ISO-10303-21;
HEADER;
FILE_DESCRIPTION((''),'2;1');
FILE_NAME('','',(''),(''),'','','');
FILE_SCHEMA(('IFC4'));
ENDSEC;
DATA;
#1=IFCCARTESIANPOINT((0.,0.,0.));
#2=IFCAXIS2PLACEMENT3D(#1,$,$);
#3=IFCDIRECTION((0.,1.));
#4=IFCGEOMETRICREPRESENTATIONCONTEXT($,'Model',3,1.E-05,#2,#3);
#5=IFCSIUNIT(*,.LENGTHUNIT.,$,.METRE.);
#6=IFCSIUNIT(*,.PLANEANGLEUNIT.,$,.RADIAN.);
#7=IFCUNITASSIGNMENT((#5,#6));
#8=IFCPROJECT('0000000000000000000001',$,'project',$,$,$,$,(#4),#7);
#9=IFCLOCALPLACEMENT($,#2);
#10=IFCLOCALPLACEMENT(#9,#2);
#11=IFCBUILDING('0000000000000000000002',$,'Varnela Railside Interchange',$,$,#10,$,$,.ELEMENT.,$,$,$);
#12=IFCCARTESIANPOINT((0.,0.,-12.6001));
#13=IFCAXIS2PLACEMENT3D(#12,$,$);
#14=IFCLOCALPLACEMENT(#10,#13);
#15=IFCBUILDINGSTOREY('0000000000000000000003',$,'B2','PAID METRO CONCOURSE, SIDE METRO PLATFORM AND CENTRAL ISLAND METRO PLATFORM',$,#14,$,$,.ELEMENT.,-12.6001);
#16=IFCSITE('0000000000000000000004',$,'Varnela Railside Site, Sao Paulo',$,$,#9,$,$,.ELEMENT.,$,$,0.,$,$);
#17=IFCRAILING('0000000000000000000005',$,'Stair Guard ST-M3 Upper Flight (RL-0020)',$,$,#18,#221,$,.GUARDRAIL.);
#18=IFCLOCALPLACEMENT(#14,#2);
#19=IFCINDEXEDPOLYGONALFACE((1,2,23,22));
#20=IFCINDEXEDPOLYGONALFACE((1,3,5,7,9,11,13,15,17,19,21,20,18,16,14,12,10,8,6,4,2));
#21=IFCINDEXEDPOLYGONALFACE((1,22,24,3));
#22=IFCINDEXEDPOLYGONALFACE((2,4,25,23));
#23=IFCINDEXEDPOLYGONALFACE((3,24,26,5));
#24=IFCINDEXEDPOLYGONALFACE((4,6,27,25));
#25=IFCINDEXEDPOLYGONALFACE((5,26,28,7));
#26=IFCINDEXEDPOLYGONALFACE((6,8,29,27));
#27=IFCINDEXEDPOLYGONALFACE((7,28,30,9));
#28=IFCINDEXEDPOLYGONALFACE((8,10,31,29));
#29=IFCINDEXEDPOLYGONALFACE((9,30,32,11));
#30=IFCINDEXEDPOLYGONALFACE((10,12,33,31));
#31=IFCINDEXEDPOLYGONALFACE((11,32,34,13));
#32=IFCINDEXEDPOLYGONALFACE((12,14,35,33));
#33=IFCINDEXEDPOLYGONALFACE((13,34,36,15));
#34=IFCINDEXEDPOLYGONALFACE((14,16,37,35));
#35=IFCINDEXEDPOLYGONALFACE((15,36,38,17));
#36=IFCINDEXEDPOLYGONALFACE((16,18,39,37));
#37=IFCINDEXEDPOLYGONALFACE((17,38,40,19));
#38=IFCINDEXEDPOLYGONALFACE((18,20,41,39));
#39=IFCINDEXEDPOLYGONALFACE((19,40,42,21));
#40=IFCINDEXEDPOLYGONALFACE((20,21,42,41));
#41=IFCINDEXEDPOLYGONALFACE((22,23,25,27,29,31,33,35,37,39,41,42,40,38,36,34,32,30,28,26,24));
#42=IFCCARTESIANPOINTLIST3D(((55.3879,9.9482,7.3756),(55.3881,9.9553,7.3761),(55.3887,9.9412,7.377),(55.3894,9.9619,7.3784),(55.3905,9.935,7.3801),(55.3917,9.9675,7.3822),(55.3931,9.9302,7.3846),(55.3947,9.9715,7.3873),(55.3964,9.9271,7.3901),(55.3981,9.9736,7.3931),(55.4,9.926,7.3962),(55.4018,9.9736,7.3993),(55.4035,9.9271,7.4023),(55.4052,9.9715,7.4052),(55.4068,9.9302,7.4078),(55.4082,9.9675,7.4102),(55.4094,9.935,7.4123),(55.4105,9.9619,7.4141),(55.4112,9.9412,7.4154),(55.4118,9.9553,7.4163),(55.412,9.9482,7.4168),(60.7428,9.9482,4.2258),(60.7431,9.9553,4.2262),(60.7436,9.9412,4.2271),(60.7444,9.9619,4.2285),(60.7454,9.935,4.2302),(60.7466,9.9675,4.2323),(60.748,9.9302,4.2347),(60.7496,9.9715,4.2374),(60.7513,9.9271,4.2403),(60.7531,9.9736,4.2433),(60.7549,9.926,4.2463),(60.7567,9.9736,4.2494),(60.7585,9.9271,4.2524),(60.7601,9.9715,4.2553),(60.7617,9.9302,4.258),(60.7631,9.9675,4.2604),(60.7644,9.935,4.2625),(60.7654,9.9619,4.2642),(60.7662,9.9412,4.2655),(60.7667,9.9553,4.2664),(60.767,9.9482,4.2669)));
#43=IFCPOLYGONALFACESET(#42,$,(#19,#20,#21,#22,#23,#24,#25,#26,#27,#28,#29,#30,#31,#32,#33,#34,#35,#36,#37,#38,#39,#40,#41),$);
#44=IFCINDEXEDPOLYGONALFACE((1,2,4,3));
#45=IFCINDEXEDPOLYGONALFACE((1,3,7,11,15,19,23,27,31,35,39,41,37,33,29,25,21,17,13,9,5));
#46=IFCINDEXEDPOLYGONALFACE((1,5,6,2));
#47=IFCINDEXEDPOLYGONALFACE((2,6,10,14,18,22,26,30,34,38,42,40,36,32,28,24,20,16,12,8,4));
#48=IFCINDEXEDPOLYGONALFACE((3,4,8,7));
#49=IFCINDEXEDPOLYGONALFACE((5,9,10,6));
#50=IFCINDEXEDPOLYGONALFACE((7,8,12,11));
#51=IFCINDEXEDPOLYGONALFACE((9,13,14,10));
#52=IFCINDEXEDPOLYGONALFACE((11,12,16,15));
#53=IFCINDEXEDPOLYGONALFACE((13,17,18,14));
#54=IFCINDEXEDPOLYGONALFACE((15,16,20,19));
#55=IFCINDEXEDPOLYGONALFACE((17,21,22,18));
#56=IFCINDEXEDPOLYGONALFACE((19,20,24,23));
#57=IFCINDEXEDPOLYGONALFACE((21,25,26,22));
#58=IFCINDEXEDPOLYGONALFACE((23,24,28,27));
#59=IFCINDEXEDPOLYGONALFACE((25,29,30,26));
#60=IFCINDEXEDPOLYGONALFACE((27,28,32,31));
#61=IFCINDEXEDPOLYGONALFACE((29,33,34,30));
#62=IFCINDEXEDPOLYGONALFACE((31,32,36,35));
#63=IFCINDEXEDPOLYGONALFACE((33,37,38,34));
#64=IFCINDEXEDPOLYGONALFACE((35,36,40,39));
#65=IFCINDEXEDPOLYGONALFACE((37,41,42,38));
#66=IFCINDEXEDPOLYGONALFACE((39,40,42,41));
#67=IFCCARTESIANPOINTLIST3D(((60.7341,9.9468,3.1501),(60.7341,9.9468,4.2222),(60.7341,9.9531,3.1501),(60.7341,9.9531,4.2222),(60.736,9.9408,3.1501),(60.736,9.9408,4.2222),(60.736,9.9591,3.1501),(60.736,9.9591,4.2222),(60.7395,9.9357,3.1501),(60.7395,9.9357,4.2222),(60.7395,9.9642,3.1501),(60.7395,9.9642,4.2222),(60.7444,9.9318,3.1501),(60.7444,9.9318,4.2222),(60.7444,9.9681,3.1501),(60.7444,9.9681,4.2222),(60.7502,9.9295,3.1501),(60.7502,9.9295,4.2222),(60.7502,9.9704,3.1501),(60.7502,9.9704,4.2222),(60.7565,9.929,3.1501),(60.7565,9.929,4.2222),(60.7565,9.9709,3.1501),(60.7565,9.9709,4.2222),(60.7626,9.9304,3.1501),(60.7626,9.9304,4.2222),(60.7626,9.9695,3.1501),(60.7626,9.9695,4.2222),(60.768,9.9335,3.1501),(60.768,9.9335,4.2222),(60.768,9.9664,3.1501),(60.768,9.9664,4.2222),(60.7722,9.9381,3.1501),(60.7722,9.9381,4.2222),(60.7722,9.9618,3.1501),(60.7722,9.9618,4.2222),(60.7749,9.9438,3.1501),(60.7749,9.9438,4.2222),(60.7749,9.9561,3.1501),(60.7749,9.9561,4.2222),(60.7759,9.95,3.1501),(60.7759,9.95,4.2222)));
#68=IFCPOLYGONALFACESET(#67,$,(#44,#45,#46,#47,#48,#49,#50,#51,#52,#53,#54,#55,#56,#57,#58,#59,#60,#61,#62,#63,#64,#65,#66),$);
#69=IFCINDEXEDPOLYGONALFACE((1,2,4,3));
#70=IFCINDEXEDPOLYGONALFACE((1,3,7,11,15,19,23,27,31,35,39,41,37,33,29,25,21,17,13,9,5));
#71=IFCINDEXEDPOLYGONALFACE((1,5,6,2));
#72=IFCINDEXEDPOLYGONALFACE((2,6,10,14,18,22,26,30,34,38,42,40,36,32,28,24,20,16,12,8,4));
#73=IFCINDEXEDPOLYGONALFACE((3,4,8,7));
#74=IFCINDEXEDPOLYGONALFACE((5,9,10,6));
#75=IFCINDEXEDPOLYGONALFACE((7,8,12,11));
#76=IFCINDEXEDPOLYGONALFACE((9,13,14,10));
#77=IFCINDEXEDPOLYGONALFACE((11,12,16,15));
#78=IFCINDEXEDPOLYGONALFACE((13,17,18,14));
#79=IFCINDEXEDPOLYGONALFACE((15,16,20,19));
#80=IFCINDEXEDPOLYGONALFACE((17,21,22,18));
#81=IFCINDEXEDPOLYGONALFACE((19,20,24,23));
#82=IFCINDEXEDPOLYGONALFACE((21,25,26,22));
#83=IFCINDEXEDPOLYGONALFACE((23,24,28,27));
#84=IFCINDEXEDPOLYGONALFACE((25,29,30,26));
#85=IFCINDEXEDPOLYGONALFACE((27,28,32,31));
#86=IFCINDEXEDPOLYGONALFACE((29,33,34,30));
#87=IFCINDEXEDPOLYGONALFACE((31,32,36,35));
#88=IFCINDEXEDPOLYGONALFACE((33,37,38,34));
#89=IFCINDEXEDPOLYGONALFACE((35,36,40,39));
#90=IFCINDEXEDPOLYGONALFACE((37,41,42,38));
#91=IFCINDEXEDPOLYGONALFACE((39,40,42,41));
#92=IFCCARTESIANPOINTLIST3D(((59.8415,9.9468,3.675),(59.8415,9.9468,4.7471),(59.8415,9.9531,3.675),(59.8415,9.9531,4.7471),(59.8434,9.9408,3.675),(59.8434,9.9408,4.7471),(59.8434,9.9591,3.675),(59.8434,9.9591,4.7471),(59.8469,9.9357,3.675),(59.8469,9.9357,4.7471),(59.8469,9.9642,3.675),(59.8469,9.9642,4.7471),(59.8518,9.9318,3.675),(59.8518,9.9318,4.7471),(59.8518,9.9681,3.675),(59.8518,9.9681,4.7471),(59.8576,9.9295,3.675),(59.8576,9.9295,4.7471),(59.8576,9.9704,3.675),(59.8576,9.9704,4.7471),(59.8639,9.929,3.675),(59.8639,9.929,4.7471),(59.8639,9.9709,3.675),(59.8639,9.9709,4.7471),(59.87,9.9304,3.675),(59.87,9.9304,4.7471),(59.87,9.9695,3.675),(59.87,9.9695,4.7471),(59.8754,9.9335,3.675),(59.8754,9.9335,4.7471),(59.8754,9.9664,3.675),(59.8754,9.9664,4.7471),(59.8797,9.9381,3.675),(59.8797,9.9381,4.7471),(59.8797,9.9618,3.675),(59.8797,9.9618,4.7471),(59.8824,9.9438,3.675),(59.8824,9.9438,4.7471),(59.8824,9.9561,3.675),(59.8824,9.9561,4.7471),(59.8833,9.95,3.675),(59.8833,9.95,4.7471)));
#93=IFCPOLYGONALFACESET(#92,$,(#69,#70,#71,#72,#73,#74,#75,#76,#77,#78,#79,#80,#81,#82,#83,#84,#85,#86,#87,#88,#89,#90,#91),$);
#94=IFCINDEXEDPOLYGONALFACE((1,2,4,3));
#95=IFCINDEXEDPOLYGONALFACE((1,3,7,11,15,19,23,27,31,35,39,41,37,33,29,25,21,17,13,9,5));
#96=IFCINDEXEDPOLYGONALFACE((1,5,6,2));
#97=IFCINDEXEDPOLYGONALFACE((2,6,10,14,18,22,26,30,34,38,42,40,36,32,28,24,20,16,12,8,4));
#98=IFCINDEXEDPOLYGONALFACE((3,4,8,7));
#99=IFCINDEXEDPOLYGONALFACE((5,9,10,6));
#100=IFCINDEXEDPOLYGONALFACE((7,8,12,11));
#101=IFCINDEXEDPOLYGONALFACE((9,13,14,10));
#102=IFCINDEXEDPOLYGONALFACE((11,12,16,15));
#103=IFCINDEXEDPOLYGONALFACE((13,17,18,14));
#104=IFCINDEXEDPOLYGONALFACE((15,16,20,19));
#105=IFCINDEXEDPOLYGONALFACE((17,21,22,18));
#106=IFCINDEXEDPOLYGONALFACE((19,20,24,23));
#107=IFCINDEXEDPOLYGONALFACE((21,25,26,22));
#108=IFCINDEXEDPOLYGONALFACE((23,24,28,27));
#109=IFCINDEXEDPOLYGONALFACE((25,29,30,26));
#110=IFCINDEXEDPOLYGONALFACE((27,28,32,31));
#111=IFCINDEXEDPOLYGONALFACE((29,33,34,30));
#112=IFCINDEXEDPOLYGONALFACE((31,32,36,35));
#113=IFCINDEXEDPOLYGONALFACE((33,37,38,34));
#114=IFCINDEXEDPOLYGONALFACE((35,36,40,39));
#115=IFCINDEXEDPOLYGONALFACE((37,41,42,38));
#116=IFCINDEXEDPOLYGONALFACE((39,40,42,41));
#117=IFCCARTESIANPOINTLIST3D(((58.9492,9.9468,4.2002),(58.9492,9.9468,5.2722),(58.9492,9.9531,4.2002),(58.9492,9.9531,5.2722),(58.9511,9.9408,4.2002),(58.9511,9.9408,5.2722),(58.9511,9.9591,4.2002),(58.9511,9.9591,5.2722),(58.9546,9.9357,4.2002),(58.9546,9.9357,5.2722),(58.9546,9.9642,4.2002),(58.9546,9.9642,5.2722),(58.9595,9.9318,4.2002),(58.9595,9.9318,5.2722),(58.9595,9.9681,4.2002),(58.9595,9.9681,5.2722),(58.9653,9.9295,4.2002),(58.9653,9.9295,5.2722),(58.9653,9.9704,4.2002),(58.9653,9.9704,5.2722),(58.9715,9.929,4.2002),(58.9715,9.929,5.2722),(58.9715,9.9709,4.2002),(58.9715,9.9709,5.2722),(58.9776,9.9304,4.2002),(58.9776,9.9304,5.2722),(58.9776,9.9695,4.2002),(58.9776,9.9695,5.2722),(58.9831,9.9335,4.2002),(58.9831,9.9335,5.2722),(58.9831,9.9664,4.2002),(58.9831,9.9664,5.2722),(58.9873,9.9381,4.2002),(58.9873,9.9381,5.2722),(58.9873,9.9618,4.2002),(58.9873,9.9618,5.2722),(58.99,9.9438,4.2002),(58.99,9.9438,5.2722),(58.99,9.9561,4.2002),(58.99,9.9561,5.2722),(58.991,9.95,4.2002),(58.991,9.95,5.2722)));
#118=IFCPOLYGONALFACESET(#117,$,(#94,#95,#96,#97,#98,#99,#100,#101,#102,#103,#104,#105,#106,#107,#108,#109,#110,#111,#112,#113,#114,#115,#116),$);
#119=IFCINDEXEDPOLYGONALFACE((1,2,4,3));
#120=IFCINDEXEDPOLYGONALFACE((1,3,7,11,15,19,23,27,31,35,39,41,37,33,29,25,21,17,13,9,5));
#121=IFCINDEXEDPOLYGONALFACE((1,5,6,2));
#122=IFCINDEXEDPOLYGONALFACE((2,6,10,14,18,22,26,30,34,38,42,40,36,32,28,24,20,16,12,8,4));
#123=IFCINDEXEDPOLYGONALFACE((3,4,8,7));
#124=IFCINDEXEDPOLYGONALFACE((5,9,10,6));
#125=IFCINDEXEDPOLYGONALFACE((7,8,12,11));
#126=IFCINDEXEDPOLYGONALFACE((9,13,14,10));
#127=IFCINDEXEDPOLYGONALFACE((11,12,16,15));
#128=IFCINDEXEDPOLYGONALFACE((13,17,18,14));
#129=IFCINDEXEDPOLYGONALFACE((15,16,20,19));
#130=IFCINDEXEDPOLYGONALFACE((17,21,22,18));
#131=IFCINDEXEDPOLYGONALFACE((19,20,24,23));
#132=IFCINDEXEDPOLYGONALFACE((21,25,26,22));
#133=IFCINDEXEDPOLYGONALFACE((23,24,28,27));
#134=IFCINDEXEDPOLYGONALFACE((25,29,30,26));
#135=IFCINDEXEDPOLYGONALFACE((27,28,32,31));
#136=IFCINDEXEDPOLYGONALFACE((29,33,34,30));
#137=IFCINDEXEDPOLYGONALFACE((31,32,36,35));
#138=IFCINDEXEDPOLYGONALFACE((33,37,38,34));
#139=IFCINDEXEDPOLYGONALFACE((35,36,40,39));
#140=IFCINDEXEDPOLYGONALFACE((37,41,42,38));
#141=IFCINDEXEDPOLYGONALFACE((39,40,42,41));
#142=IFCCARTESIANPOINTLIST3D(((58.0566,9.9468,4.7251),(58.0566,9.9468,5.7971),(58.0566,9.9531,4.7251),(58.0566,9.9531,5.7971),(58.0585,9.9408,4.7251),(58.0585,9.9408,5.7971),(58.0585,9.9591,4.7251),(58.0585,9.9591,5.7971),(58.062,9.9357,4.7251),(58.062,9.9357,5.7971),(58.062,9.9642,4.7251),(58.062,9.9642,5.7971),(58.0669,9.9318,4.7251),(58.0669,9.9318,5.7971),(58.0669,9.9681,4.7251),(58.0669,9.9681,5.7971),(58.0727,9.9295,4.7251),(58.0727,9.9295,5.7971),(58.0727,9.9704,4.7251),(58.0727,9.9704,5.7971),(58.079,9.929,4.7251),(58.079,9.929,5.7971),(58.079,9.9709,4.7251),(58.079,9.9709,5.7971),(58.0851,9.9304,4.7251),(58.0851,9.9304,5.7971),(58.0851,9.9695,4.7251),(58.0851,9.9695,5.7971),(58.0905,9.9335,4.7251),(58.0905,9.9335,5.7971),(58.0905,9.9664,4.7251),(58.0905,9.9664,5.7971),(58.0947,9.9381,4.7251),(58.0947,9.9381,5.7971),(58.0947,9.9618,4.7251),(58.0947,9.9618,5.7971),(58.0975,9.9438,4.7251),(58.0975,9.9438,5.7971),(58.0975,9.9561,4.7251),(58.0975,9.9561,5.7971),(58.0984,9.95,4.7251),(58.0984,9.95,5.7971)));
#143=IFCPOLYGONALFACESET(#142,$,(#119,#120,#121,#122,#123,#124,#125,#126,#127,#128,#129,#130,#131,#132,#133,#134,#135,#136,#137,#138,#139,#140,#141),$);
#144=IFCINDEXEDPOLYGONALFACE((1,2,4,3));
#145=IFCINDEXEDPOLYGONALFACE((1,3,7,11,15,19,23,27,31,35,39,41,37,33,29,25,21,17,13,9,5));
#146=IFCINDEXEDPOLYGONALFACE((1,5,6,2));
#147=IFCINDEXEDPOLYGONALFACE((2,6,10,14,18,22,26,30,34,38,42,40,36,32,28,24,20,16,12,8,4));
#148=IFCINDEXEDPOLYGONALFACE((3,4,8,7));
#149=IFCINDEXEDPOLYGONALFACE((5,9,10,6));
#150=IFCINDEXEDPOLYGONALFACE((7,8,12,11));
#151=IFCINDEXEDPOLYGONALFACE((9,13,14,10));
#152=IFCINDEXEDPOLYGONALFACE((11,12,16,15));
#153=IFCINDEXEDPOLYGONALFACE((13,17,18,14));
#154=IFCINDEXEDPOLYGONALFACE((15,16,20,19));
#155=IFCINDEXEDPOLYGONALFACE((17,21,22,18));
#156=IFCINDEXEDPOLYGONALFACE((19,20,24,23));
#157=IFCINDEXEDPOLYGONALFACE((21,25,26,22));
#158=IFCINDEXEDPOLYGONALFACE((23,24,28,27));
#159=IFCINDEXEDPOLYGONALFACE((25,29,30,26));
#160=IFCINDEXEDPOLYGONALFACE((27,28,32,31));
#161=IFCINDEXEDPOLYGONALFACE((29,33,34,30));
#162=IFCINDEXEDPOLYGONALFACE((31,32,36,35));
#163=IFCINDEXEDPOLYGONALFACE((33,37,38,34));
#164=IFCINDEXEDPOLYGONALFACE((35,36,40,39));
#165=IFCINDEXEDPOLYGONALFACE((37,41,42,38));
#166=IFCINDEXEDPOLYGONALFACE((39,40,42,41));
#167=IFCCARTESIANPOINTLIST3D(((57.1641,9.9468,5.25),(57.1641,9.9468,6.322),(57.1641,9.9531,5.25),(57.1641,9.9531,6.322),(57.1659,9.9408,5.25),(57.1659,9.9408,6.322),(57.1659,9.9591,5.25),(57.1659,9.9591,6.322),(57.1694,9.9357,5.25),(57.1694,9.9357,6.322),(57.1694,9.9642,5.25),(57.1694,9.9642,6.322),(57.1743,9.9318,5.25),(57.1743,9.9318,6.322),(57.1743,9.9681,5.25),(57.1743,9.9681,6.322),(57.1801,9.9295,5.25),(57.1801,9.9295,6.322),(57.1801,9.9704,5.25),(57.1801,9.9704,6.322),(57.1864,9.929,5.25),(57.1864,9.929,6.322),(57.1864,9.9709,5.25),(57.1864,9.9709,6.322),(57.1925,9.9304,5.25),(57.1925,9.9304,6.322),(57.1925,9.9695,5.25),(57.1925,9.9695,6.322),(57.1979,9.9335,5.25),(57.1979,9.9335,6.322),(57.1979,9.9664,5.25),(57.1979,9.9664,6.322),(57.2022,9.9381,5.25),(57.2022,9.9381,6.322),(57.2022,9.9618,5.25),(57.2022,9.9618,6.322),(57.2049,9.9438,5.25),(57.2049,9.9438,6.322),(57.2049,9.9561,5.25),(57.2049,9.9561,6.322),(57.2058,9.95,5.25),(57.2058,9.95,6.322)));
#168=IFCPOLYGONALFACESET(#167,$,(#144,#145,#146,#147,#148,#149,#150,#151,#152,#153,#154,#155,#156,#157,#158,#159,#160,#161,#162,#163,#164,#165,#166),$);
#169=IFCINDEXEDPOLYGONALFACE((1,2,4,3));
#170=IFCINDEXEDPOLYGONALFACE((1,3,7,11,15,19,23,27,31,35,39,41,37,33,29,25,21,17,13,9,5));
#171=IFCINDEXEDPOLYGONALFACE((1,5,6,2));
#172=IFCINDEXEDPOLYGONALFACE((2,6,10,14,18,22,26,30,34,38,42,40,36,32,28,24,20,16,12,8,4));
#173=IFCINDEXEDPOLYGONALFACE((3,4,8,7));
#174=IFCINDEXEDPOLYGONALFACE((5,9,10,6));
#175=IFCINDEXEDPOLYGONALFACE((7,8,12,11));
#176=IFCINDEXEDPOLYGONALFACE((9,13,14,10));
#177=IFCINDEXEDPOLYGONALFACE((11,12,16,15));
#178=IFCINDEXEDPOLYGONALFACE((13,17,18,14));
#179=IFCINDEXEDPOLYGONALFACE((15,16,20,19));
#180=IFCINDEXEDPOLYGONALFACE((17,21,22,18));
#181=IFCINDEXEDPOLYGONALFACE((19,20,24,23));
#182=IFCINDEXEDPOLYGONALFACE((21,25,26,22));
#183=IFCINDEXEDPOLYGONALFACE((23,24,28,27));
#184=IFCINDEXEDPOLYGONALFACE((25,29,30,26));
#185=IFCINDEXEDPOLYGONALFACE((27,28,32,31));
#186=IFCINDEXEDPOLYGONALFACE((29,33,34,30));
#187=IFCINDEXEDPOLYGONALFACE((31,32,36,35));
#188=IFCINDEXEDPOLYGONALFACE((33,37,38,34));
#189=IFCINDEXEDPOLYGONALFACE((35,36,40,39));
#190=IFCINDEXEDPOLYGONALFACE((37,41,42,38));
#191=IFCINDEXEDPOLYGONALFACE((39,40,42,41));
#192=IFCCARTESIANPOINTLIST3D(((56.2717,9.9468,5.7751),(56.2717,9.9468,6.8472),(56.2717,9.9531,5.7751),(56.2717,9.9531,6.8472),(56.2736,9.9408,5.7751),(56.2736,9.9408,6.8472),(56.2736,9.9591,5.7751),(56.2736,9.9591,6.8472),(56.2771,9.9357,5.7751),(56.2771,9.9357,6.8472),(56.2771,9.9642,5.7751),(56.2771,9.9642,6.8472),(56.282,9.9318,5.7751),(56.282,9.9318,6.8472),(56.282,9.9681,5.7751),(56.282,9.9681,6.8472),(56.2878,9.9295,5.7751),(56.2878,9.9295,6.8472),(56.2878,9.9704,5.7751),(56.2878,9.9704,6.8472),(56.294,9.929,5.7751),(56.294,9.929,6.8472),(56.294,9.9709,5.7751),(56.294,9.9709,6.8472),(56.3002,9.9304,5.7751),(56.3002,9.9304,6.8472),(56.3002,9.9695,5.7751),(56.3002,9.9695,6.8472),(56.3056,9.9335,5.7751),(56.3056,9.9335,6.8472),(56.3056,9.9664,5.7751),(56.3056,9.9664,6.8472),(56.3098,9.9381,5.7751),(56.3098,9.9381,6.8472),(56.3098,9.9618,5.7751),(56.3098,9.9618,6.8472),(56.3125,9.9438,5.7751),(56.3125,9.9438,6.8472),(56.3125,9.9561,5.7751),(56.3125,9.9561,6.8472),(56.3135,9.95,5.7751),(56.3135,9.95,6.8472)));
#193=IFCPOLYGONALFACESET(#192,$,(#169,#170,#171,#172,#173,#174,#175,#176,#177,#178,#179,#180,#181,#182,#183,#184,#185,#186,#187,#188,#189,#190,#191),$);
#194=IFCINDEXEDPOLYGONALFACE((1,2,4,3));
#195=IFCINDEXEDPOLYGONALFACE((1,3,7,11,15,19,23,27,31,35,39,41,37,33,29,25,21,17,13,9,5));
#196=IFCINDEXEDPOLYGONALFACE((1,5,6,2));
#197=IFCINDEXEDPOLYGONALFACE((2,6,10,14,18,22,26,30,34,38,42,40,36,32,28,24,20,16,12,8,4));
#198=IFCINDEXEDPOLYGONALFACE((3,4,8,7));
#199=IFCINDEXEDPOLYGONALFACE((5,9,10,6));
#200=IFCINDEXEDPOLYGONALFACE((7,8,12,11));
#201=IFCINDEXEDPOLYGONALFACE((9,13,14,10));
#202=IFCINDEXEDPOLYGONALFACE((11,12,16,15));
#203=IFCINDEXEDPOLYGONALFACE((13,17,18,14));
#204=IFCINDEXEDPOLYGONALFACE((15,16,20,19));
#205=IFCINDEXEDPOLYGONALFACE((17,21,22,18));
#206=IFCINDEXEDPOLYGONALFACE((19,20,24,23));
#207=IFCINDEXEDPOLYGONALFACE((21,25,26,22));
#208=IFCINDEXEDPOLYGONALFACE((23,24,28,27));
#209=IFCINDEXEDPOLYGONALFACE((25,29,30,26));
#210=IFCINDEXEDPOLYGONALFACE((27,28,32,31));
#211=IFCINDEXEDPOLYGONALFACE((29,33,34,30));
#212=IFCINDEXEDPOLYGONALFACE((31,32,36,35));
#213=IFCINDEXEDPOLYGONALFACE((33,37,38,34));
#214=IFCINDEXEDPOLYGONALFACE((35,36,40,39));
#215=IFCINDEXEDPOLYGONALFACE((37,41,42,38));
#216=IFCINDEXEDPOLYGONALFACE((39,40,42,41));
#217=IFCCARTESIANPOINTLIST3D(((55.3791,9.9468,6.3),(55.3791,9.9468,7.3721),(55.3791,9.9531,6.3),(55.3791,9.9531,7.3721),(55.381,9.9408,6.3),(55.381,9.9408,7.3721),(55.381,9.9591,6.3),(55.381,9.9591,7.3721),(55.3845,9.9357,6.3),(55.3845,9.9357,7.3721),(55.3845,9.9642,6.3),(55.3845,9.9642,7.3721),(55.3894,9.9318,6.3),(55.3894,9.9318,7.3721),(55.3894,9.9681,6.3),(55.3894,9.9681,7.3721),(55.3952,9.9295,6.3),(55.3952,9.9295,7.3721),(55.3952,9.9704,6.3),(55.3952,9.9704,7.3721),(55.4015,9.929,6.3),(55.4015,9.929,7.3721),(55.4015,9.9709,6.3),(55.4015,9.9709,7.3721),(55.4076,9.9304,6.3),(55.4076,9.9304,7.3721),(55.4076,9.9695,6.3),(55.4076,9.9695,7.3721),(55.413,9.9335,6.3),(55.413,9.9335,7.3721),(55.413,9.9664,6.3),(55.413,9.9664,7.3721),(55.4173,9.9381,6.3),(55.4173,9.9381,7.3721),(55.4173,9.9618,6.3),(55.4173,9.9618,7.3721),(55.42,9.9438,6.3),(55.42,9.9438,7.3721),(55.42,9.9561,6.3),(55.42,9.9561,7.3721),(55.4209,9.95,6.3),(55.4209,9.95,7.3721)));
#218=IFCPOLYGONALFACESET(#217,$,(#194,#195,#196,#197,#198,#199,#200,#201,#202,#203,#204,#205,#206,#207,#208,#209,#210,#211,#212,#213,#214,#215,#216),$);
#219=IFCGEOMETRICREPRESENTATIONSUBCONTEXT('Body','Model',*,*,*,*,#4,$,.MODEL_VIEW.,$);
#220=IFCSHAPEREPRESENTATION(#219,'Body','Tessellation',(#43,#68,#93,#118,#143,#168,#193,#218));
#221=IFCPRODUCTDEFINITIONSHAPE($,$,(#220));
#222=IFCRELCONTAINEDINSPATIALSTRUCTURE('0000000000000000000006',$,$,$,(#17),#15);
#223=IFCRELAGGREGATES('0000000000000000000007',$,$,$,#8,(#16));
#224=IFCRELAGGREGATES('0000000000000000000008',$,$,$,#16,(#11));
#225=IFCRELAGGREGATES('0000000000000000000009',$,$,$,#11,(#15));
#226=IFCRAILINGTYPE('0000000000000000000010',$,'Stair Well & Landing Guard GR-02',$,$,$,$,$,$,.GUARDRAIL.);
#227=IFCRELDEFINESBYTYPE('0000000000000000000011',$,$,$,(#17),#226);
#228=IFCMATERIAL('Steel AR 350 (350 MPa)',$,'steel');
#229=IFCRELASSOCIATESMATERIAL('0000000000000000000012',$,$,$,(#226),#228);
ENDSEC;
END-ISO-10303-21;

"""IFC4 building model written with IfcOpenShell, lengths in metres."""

from ifc_helpers import new_model, si_unit, direction, frame, origin, origin_2d, place, context, subcontext, project, spatial, circle, extrude, material, type_object, element, save


model = new_model("IFC4")

# Units and contexts
model_context = context("Model", 3, precision=1e-05, world=origin(), true_north=direction((0.0, 1.0)))
body_context = subcontext(model_context, "Body", "Model", "MODEL_VIEW")
ifc_project = project(units=[si_unit("LENGTHUNIT", "METRE"), si_unit("PLANEANGLEUNIT", "RADIAN")], contexts=[model_context])

# Site, building, storey
site_placement = place(None, origin())
site = spatial("IfcSite", under=ifc_project, at=site_placement, Name="Varnela Railside Site, Sao Paulo", CompositionType="ELEMENT", RefElevation=0.0)
building_placement = place(site_placement, origin())
building = spatial("IfcBuilding", under=site, at=building_placement, Name="Varnela Railside Interchange", CompositionType="ELEMENT")
storey_placement = place(building_placement, frame((0.0, 0.0, -12.6001)))
storey = spatial("IfcBuildingStorey", under=building, at=storey_placement, Name="B2", Description="PAID METRO CONCOURSE, SIDE METRO PLATFORM AND CENTRAL ISLAND METRO PLATFORM", CompositionType="ELEMENT", Elevation=-12.6001)

# Railing
ifc_material_1 = material(Name="Steel AR 350 (350 MPa)", Category="steel")
railing_type_1 = type_object("IfcRailingType", Name="Stair Well & Landing Guard GR-02", PredefinedType="GUARDRAIL", material=ifc_material_1)
railing_1_placement = place(storey_placement, frame((60.7549, 9.95, 3.1501)))
element("IfcRailing", 1, at=railing_1_placement, inside=storey, type_object=railing_type_1, Name="Stair Guard ST-M3 Upper Flight (RL-0020)", PredefinedType="GUARDRAIL", context=body_context, shape_type="SweptSolid", body=[
    extrude(circle(Radius=0.0239, at=origin_2d()), frame((0.0, 0.0, 1.0962), z_axis=(-0.86194, 0.0, 0.50701), x_axis=(0.0, -1.0, 0.0)), (0.0, 0.0, 1.0), 6.2126),
    extrude(circle(Radius=0.021, at=origin_2d()), origin(), (0.0, 0.0, 1.0), 1.072),
    extrude(circle(Radius=0.021, at=origin_2d()), frame((-0.8926, 0.0, 0.5249)), (0.0, 0.0, 1.0), 1.072),
    extrude(circle(Radius=0.021, at=origin_2d()), frame((-1.7849, 0.0, 1.05)), (0.0, 0.0, 1.0), 1.072),
    extrude(circle(Radius=0.021, at=origin_2d()), frame((-2.6775, 0.0, 1.575)), (0.0, 0.0, 1.0), 1.072),
    extrude(circle(Radius=0.021, at=origin_2d()), frame((-3.5701, 0.0, 2.0999)), (0.0, 0.0, 1.0), 1.072),
    extrude(circle(Radius=0.021, at=origin_2d()), frame((-4.4624, 0.0, 2.625)), (0.0, 0.0, 1.0), 1.072),
    extrude(circle(Radius=0.021, at=origin_2d()), frame((-5.355, 0.0, 3.1499)), (0.0, 0.0, 1.0), 1.072),
])

save(model, "model.ifc")
